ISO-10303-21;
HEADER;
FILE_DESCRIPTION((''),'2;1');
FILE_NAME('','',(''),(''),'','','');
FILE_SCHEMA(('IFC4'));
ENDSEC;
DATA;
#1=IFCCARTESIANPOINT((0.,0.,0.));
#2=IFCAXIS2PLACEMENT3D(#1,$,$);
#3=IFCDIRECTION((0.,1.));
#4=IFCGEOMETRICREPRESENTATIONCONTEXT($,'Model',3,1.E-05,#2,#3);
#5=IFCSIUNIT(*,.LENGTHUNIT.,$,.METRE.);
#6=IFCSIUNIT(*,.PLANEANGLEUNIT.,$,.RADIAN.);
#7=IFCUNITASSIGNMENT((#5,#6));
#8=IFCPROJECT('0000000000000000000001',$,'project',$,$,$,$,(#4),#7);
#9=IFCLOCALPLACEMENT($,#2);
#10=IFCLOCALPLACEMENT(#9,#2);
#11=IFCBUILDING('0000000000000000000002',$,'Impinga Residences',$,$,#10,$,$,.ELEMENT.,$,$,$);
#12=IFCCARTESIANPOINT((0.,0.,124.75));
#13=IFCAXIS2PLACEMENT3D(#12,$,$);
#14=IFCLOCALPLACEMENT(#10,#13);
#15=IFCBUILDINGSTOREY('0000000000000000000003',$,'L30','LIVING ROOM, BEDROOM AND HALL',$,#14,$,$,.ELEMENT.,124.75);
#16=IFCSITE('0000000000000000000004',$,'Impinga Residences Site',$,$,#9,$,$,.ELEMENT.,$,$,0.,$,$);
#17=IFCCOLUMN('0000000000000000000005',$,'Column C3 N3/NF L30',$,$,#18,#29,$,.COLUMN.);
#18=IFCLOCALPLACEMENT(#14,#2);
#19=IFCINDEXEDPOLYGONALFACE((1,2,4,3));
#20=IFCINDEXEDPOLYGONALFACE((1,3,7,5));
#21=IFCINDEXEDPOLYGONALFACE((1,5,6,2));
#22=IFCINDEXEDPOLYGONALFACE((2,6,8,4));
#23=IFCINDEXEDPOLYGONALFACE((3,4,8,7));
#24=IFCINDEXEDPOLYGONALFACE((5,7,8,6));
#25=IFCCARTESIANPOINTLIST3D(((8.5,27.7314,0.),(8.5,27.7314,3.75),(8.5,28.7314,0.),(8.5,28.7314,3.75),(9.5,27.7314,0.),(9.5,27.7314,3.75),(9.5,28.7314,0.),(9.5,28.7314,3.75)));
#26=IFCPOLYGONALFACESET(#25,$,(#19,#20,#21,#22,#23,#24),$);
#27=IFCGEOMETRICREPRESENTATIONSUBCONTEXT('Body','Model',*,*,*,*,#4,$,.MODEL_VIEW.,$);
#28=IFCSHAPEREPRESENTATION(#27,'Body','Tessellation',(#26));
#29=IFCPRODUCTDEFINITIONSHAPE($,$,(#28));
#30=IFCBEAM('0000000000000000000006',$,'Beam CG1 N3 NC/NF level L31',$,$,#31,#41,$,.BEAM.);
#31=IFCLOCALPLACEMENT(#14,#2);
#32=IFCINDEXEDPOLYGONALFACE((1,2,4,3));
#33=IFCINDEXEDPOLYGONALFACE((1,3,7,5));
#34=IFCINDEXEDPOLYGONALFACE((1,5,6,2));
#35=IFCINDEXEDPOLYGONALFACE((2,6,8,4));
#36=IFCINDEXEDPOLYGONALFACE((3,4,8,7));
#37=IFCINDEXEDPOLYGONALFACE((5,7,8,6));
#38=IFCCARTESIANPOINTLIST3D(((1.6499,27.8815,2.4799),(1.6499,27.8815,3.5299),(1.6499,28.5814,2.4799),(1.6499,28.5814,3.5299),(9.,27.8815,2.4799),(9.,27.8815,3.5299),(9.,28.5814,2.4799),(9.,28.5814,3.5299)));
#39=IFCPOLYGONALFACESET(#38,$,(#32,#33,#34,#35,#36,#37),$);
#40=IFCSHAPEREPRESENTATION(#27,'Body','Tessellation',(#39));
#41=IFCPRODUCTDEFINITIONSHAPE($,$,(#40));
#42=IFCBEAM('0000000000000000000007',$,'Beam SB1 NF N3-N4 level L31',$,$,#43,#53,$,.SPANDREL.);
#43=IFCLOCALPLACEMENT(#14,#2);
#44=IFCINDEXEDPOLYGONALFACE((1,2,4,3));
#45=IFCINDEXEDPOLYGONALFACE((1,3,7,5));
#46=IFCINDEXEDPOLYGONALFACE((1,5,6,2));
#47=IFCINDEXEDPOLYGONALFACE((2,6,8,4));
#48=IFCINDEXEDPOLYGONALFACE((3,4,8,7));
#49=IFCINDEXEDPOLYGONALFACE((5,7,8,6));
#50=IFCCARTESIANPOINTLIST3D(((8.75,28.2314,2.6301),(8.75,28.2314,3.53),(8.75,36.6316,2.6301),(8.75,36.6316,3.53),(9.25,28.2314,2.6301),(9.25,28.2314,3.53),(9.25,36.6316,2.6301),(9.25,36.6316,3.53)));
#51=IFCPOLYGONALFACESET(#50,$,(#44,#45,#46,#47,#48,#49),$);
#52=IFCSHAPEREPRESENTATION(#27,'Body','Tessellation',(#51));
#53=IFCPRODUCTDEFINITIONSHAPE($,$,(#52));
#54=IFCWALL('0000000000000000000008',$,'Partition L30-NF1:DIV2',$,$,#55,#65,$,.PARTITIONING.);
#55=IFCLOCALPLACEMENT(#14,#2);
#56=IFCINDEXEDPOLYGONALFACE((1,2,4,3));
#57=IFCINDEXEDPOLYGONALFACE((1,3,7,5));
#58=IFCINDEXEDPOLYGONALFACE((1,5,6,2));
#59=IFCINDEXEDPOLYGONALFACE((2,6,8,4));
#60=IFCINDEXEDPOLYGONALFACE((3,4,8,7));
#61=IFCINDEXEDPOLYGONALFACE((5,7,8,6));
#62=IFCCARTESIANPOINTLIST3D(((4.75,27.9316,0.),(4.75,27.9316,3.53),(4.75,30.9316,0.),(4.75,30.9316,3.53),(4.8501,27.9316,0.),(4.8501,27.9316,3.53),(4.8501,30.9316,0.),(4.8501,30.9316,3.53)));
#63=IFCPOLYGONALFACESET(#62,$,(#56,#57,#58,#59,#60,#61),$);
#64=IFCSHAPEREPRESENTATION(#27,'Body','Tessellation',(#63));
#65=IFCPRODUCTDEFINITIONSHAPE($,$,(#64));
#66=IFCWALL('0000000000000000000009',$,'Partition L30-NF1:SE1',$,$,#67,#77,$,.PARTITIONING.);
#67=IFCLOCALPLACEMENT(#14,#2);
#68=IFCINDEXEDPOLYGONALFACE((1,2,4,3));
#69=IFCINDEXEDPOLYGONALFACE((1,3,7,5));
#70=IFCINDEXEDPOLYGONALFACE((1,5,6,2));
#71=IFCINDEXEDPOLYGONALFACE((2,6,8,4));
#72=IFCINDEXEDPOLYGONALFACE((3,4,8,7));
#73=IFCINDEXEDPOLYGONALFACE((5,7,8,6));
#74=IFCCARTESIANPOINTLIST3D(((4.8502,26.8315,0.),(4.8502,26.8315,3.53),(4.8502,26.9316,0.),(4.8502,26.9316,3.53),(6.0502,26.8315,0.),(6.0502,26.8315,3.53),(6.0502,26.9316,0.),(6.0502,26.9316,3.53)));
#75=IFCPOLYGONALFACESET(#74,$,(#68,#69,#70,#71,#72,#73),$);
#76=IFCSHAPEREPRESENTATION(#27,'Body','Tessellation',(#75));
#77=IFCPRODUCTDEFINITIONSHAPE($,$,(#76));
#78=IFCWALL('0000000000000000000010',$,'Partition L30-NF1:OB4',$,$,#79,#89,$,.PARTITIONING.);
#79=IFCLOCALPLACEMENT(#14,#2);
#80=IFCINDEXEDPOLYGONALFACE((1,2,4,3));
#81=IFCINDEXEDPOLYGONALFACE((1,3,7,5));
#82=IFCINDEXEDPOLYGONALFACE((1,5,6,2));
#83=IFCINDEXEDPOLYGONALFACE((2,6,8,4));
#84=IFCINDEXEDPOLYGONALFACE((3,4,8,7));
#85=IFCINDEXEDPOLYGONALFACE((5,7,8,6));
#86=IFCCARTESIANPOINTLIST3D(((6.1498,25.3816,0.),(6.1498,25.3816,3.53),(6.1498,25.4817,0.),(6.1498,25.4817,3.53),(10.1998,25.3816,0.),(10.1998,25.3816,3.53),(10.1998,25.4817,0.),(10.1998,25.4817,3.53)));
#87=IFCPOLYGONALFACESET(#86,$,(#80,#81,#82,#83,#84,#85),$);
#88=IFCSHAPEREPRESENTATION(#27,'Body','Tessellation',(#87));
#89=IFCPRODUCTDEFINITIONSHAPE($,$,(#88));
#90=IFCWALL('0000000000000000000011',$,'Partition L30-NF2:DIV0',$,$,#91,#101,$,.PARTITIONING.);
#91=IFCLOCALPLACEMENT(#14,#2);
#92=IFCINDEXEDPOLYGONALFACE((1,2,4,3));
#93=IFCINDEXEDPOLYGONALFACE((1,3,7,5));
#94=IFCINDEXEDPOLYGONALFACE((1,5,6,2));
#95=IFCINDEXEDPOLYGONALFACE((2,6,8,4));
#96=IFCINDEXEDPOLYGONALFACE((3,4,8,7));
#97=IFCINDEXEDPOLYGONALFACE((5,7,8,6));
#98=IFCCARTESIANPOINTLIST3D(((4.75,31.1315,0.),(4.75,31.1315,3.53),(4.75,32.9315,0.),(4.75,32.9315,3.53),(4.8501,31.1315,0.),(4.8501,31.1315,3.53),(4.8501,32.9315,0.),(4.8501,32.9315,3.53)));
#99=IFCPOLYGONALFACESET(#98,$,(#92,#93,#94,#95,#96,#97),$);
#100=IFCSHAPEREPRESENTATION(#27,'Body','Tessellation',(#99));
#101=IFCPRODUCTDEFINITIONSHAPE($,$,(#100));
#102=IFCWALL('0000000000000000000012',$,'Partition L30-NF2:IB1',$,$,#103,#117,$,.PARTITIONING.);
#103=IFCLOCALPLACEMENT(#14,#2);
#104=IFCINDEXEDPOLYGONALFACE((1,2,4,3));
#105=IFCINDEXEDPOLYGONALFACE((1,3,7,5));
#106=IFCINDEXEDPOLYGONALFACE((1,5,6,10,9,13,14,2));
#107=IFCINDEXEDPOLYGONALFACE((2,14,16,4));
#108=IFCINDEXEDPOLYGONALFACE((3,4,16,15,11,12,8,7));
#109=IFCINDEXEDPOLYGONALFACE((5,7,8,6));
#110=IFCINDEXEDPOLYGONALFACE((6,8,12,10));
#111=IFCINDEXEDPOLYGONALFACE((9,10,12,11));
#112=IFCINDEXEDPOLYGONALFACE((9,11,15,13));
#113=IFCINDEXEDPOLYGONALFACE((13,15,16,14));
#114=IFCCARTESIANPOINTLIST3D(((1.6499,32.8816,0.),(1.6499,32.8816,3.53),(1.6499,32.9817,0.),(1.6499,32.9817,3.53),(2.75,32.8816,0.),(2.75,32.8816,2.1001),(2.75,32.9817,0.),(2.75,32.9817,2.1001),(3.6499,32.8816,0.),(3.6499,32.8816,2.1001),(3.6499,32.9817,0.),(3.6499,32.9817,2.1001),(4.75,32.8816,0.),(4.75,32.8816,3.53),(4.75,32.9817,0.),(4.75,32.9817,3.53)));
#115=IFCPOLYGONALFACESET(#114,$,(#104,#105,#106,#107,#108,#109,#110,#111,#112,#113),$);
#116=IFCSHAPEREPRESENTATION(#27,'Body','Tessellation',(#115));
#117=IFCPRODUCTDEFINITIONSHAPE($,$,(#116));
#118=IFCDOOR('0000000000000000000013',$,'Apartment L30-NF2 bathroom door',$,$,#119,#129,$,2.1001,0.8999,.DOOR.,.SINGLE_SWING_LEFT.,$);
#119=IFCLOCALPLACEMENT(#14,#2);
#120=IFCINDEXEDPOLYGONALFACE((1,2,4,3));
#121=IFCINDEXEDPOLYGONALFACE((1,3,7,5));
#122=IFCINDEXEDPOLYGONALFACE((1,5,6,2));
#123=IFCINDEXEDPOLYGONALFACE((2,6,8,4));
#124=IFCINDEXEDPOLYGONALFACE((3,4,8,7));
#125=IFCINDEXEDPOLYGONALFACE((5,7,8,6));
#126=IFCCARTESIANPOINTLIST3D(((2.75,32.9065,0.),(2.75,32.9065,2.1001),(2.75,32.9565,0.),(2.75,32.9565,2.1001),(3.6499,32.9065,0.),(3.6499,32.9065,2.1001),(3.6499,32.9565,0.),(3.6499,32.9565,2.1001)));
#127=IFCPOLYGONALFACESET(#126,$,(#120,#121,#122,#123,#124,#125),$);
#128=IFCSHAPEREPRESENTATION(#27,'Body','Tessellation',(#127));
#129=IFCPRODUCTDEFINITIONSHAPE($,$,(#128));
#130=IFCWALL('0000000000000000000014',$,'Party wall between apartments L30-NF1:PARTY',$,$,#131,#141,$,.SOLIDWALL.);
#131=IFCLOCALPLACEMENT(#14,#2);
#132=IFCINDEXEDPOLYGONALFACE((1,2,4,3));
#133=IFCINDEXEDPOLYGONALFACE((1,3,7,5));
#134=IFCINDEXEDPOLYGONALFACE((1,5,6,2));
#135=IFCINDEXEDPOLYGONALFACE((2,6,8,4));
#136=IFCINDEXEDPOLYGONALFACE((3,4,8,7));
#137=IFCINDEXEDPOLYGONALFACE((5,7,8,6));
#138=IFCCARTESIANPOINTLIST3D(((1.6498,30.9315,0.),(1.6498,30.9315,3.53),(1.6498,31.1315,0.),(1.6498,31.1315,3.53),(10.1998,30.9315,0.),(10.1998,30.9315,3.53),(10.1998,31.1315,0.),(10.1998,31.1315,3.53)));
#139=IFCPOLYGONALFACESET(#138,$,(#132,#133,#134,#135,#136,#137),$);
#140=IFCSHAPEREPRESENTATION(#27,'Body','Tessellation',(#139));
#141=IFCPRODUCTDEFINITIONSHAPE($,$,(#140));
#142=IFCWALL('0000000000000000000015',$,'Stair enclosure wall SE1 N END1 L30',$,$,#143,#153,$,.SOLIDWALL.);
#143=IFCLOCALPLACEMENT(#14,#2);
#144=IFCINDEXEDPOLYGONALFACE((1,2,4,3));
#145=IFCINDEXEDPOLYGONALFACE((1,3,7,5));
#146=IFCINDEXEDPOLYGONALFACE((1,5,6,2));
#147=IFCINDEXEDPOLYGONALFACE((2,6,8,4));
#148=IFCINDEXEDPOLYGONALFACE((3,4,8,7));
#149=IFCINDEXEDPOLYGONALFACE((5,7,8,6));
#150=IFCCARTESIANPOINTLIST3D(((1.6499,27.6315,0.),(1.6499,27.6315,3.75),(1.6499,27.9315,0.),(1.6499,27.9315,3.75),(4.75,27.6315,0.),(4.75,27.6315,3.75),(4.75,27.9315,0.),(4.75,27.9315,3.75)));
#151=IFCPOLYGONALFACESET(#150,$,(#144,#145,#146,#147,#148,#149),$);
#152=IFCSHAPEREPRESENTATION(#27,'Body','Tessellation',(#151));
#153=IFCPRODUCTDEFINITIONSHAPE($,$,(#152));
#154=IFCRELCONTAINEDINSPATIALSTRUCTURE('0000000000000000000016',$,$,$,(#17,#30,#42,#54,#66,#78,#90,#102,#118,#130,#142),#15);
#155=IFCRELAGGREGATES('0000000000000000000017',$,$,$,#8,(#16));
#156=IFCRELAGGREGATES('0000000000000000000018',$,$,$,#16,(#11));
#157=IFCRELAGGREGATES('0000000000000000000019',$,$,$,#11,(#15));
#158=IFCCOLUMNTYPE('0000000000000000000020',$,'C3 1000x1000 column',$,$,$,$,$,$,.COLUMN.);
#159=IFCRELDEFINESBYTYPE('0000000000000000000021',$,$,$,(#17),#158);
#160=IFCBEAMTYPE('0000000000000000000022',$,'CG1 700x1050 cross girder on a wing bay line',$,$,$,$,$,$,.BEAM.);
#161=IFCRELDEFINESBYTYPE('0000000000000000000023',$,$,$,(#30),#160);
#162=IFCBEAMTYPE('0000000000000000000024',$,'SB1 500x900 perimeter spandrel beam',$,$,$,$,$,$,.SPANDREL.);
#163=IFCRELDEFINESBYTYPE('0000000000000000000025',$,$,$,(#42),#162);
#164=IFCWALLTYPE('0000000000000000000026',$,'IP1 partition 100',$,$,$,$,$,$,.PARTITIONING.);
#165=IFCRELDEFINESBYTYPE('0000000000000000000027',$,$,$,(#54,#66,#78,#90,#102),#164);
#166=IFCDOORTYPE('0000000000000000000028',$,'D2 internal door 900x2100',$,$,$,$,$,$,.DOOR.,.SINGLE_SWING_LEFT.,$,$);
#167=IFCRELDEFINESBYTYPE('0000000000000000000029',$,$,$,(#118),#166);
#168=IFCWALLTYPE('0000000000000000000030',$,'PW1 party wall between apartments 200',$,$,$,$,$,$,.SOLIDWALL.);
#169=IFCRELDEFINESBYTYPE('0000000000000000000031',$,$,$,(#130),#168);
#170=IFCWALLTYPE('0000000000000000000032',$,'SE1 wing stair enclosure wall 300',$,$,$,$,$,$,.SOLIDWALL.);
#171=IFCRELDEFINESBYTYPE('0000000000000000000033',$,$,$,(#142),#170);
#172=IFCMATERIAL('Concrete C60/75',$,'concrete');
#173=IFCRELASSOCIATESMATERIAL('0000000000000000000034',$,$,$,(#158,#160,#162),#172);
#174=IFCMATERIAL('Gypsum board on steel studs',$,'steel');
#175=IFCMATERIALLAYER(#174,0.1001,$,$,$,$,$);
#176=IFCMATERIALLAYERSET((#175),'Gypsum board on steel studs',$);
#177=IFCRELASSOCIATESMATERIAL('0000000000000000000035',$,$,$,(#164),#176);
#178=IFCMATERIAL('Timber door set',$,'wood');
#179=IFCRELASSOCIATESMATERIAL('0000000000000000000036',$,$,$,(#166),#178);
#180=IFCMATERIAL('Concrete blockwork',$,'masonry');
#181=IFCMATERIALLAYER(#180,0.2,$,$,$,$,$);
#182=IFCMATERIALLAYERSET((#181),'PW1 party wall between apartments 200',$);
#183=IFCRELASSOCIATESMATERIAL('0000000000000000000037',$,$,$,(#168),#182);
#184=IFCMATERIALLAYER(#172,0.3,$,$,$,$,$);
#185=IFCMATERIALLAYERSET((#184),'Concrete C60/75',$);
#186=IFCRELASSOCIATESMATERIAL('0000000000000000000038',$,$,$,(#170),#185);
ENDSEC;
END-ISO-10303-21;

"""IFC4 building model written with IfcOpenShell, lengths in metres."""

from ifc_helpers import new_model, si_unit, direction, frame, frame_2d, origin, origin_2d, place, context, subcontext, project, spatial, rectangle, extrude, material, layer, layer_set, material_profile, profile_set, type_object, element, fill, save


model = new_model("IFC4")

# Units and contexts
model_context = context("Model", 3, precision=1e-05, world=origin(), true_north=direction((0.0, 1.0)))
body_context = subcontext(model_context, "Body", "Model", "MODEL_VIEW")
ifc_project = project(units=[si_unit("LENGTHUNIT", "METRE"), si_unit("PLANEANGLEUNIT", "RADIAN")], contexts=[model_context])

# Site, building, storey
site_placement = place(None, origin())
site = spatial("IfcSite", under=ifc_project, at=site_placement, Name="Impinga Residences Site", CompositionType="ELEMENT", RefElevation=0.0)
building_placement = place(site_placement, origin())
building = spatial("IfcBuilding", under=site, at=building_placement, Name="Impinga Residences", CompositionType="ELEMENT")
storey_placement = place(building_placement, frame((0.0, 0.0, 124.75)))
storey = spatial("IfcBuildingStorey", under=building, at=storey_placement, Name="L30", Description="LIVING ROOM, BEDROOM AND HALL", CompositionType="ELEMENT", Elevation=124.75)

# Column
ifc_material_1 = material(Name="Concrete C60/75", Category="concrete")
ifc_material_profile_1 = material_profile(ifc_material_1, rectangle(XDim=1.0, YDim=1.0, at=origin_2d()), Name="RC 1000x1000")
ifc_profile_set_1 = profile_set([ifc_material_profile_1], Name="Concrete C60/75")
column_type = type_object("IfcColumnType", Name="C3 1000x1000 column", PredefinedType="COLUMN", material=ifc_profile_set_1)
column_placement = place(storey_placement, frame((9.0, 28.2314, 0.0), z_axis=(0.0, 0.0, 1.0), x_axis=(1.0, 0.0, 0.0)))
element("IfcColumn", 1, at=column_placement, inside=storey, type_object=column_type, Name="Column C3 N3/NF L30", PredefinedType="COLUMN", context=body_context, shape_type="SweptSolid", body=[
    extrude(rectangle(XDim=1.0, YDim=1.0, at=origin_2d()), origin(), (0.0, 0.0, 1.0), 3.75),
])

# Beams
ifc_material_profile_2 = material_profile(ifc_material_1, rectangle(XDim=0.7, YDim=1.05, at=origin_2d()), Name="RC 700x1050")
ifc_profile_set_2 = profile_set([ifc_material_profile_2], Name="Concrete C60/75")
beam_type_1 = type_object("IfcBeamType", Name="CG1 700x1050 cross girder on a wing bay line", PredefinedType="BEAM", material=ifc_profile_set_2)
beam_1_placement = place(storey_placement, frame((1.6499, 28.2314, 3.0049), z_axis=(1.0, 0.0, 0.0), x_axis=(0.0, 1.0, 0.0)))
element("IfcBeam", 2, at=beam_1_placement, inside=storey, type_object=beam_type_1, Name="Beam CG1 N3 NC/NF level L31", PredefinedType="BEAM", context=body_context, shape_type="SweptSolid", body=[
    extrude(rectangle(XDim=0.7, YDim=1.05, at=origin_2d()), origin(), (0.0, 0.0, 1.0), 7.3501),
])
ifc_material_profile_3 = material_profile(ifc_material_1, rectangle(XDim=0.5, YDim=0.8999, at=origin_2d()), Name="RC 500x900")
ifc_profile_set_3 = profile_set([ifc_material_profile_3], Name="Concrete C60/75")
beam_type_2 = type_object("IfcBeamType", Name="SB1 500x900 perimeter spandrel beam", PredefinedType="SPANDREL", material=ifc_profile_set_3)
beam_2_placement = place(storey_placement, frame((9.0, 28.2314, 3.0801), z_axis=(0.0, 1.0, 0.0), x_axis=(-1.0, 0.0, 0.0)))
element("IfcBeam", 3, at=beam_2_placement, inside=storey, type_object=beam_type_2, Name="Beam SB1 NF N3-N4 level L31", PredefinedType="SPANDREL", context=body_context, shape_type="SweptSolid", body=[
    extrude(rectangle(XDim=0.5, YDim=0.8999, at=origin_2d()), origin(), (0.0, 0.0, 1.0), 8.4001),
])

# Walls
ifc_material_2 = material(Name="Gypsum board on steel studs", Category="steel")
ifc_layer_1 = layer(ifc_material_2, 0.1001)
ifc_layer_set_1 = layer_set([ifc_layer_1], Name="Gypsum board on steel studs")
wall_type_1 = type_object("IfcWallType", Name="IP1 partition 100", PredefinedType="PARTITIONING", material=ifc_layer_set_1)
wall_1_placement = place(storey_placement, frame((4.8, 27.9316, 0.0), z_axis=(0.0, 0.0, 1.0), x_axis=(0.0, 1.0, 0.0)))
element("IfcWall", 4, at=wall_1_placement, inside=storey, type_object=wall_type_1, Name="Partition L30-NF1:DIV2", PredefinedType="PARTITIONING", context=body_context, shape_type="SweptSolid", body=[
    extrude(rectangle(XDim=3.0, YDim=0.1001, at=frame_2d((1.5, 0.0))), origin(), (0.0, 0.0, 1.0), 3.53),
])
wall_2_placement = place(storey_placement, frame((4.8501, 26.8816, 0.0), z_axis=(0.0, 0.0, 1.0), x_axis=(1.0, 0.0, 0.0)))
element("IfcWall", 5, at=wall_2_placement, inside=storey, type_object=wall_type_1, Name="Partition L30-NF1:SE1", PredefinedType="PARTITIONING", context=body_context, shape_type="SweptSolid", body=[
    extrude(rectangle(XDim=1.2, YDim=0.1001, at=frame_2d((0.6001, 0.0))), origin(), (0.0, 0.0, 1.0), 3.53),
])
wall_3_placement = place(storey_placement, frame((6.1499, 25.4316, 0.0), z_axis=(0.0, 0.0, 1.0), x_axis=(1.0, 0.0, 0.0)))
element("IfcWall", 6, at=wall_3_placement, inside=storey, type_object=wall_type_1, Name="Partition L30-NF1:OB4", PredefinedType="PARTITIONING", context=body_context, shape_type="SweptSolid", body=[
    extrude(rectangle(XDim=4.05, YDim=0.1001, at=frame_2d((2.0249, 0.0))), origin(), (0.0, 0.0, 1.0), 3.53),
])
wall_4_placement = place(storey_placement, frame((4.8, 31.1316, 0.0), z_axis=(0.0, 0.0, 1.0), x_axis=(0.0, 1.0, 0.0)))
element("IfcWall", 7, at=wall_4_placement, inside=storey, type_object=wall_type_1, Name="Partition L30-NF2:DIV0", PredefinedType="PARTITIONING", context=body_context, shape_type="SweptSolid", body=[
    extrude(rectangle(XDim=1.8, YDim=0.1001, at=frame_2d((0.8999, 0.0))), origin(), (0.0, 0.0, 1.0), 3.53),
])

# Wall, opening, door
wall_5_placement = place(storey_placement, frame((1.6499, 32.9316, 0.0), z_axis=(0.0, 0.0, 1.0), x_axis=(1.0, 0.0, 0.0)))
wall_5 = element("IfcWall", 8, at=wall_5_placement, inside=storey, type_object=wall_type_1, Name="Partition L30-NF2:IB1", PredefinedType="PARTITIONING", context=body_context, shape_type="SweptSolid", body=[
    extrude(rectangle(XDim=3.1001, YDim=0.1001, at=frame_2d((1.55, 0.0))), origin(), (0.0, 0.0, 1.0), 3.53),
])
opening_placement = place(wall_5_placement, frame((1.1001, 0.0, 0.0)))
opening = element("IfcOpeningElement", 9, at=opening_placement, cuts=wall_5, PredefinedType="OPENING", context=body_context, shape_type="SweptSolid", body=[
    extrude(rectangle(XDim=0.8999, YDim=2.1001, at=frame_2d((0.45, 1.05))), frame((0.0, 0.0601, 0.0), z_axis=(0.0, -1.0, 0.0), x_axis=(1.0, 0.0, 0.0)), (0.0, 0.0, 1.0), 0.1201),
])
ifc_material_3 = material(Name="Timber door set", Category="wood")
door_type = type_object("IfcDoorType", Name="D2 internal door 900x2100", OperationType="SINGLE_SWING_LEFT", PredefinedType="DOOR", material=ifc_material_3)
door_placement = place(opening_placement, origin())
door = element("IfcDoor", 10, at=door_placement, inside=storey, type_object=door_type, Name="Apartment L30-NF2 bathroom door", OperationType="SINGLE_SWING_LEFT", OverallHeight=2.1001, OverallWidth=0.8999, PredefinedType="DOOR", context=body_context, shape_type="SweptSolid", body=[
    extrude(rectangle(XDim=0.8999, YDim=2.1001, at=frame_2d((0.45, 1.05))), frame((0.0, 0.0249, 0.0), z_axis=(0.0, -1.0, 0.0), x_axis=(1.0, 0.0, 0.0)), (0.0, 0.0, 1.0), 0.05),
])
fill(opening, door)

# Walls
ifc_material_4 = material(Name="Concrete blockwork", Category="masonry")
ifc_layer_2 = layer(ifc_material_4, 0.2)
ifc_layer_set_2 = layer_set([ifc_layer_2], Name="PW1 party wall between apartments 200")
wall_type_2 = type_object("IfcWallType", Name="PW1 party wall between apartments 200", PredefinedType="SOLIDWALL", material=ifc_layer_set_2)
wall_6_placement = place(storey_placement, frame((1.6499, 31.0315, 0.0), z_axis=(0.0, 0.0, 1.0), x_axis=(1.0, 0.0, 0.0)))
element("IfcWall", 11, at=wall_6_placement, inside=storey, type_object=wall_type_2, Name="Party wall between apartments L30-NF1:PARTY", PredefinedType="SOLIDWALL", context=body_context, shape_type="SweptSolid", body=[
    extrude(rectangle(XDim=8.55, YDim=0.2, at=frame_2d((4.2749, 0.0))), origin(), (0.0, 0.0, 1.0), 3.53),
])
ifc_layer_3 = layer(ifc_material_1, 0.3)
ifc_layer_set_3 = layer_set([ifc_layer_3], Name="Concrete C60/75")
wall_type_3 = type_object("IfcWallType", Name="SE1 wing stair enclosure wall 300", PredefinedType="SOLIDWALL", material=ifc_layer_set_3)
wall_7_placement = place(storey_placement, frame((1.6499, 27.7815, 0.0), z_axis=(0.0, 0.0, 1.0), x_axis=(1.0, 0.0, 0.0)))
element("IfcWall", 12, at=wall_7_placement, inside=storey, type_object=wall_type_3, Name="Stair enclosure wall SE1 N END1 L30", PredefinedType="SOLIDWALL", context=body_context, shape_type="SweptSolid", body=[
    extrude(rectangle(XDim=3.1001, YDim=0.3, at=frame_2d((1.55, 0.0))), origin(), (0.0, 0.0, 1.0), 3.75),
])

save(model, "model.ifc")
